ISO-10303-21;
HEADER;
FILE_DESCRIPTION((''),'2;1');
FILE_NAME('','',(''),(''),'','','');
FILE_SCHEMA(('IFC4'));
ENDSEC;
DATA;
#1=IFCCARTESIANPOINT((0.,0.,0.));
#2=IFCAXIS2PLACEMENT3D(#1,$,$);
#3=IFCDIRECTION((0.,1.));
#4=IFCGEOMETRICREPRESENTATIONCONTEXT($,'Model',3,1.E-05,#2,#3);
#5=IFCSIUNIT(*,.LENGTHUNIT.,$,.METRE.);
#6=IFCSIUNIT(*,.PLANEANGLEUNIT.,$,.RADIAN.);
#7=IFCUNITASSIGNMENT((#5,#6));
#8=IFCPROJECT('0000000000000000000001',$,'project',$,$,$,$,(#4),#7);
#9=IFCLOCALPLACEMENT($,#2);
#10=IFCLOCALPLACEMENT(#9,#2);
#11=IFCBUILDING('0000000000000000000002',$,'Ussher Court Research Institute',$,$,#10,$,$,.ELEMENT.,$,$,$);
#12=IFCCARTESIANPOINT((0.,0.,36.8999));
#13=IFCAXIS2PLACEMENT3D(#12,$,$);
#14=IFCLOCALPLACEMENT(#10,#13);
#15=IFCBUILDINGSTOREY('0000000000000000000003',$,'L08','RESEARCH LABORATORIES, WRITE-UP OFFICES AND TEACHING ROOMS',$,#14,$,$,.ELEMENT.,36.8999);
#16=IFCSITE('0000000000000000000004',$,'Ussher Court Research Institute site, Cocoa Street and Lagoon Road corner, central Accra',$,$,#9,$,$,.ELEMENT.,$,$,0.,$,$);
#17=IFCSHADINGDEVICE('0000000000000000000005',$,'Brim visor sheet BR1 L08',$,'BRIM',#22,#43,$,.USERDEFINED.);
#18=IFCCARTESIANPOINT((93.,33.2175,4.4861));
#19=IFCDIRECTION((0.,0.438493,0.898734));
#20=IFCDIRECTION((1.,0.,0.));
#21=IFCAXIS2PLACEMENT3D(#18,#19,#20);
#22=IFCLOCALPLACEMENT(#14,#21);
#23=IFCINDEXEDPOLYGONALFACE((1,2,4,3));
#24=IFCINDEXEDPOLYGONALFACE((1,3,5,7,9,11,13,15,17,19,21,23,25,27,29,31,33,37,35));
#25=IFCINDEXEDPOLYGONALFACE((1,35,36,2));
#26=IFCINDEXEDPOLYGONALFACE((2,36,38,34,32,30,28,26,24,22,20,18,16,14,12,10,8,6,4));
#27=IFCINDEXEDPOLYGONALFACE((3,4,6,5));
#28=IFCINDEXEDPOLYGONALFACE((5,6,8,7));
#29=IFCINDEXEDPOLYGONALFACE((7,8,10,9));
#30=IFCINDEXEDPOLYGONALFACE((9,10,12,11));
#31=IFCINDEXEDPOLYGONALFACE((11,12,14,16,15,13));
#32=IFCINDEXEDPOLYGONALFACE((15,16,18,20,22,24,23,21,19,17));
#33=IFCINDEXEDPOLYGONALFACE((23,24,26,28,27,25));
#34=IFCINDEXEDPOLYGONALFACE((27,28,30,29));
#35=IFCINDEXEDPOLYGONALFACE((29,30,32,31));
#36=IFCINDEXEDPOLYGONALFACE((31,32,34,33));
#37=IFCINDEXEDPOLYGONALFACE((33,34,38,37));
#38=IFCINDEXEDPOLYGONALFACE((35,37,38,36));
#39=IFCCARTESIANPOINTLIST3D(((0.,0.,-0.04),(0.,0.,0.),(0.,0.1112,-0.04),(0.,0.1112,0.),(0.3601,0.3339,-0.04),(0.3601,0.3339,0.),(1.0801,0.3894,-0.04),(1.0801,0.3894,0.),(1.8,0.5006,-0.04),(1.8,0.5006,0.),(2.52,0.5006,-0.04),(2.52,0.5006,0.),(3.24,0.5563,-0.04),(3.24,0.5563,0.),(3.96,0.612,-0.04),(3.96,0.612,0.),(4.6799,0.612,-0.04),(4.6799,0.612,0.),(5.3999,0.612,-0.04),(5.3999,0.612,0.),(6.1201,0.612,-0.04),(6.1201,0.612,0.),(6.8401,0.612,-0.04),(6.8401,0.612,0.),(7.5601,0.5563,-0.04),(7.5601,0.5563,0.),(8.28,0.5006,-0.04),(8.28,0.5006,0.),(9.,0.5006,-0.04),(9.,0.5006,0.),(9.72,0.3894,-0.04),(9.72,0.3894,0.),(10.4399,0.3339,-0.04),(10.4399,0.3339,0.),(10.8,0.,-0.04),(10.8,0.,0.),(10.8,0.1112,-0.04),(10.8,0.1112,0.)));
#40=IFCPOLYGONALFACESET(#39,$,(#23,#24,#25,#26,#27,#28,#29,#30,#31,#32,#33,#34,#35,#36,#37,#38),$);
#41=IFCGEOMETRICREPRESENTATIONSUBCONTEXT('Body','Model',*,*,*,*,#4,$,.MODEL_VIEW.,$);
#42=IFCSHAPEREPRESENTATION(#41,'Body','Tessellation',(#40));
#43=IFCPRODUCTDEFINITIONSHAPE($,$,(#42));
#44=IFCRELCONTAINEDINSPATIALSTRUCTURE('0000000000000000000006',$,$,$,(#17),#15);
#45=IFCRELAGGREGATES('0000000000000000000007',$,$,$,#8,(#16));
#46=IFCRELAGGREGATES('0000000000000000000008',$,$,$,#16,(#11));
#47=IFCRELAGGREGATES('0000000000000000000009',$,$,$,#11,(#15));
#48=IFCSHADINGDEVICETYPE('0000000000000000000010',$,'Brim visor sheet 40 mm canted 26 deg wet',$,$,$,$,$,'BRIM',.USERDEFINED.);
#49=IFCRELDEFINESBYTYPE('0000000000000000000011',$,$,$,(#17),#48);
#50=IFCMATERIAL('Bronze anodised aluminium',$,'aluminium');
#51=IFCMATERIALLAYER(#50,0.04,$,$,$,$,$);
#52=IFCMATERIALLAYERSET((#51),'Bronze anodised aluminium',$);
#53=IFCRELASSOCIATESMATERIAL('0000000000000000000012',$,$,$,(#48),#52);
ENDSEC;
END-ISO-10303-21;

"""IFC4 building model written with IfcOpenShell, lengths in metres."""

from ifc_helpers import new_model, si_unit, direction, frame, origin, place, context, subcontext, project, spatial, polyline, outline, extrude, material, layer, layer_set, type_object, element, save


model = new_model("IFC4")

# Units and contexts
model_context = context("Model", 3, precision=1e-05, world=origin(), true_north=direction((0.0, 1.0)))
body_context = subcontext(model_context, "Body", "Model", "MODEL_VIEW")
ifc_project = project(units=[si_unit("LENGTHUNIT", "METRE"), si_unit("PLANEANGLEUNIT", "RADIAN")], contexts=[model_context])

# Site, building, storey
site_placement = place(None, origin())
site = spatial("IfcSite", under=ifc_project, at=site_placement, Name="Ussher Court Research Institute site, Cocoa Street and Lagoon Road corner, central Accra", CompositionType="ELEMENT", RefElevation=0.0)
building_placement = place(site_placement, origin())
building = spatial("IfcBuilding", under=site, at=building_placement, Name="Ussher Court Research Institute", CompositionType="ELEMENT")
storey_placement = place(building_placement, frame((0.0, 0.0, 36.8999)))
storey = spatial("IfcBuildingStorey", under=building, at=storey_placement, Name="L08", Description="RESEARCH LABORATORIES, WRITE-UP OFFICES AND TEACHING ROOMS", CompositionType="ELEMENT", Elevation=36.8999)

# Shading device
ifc_material_1 = material(Name="Bronze anodised aluminium", Category="aluminium")
ifc_layer_1 = layer(ifc_material_1, 0.04)
ifc_layer_set_1 = layer_set([ifc_layer_1], Name="Bronze anodised aluminium")
shading_device_type_1 = type_object("IfcShadingDeviceType", Name="Brim visor sheet 40 mm canted 26 deg wet", ElementType="BRIM", PredefinedType="USERDEFINED", material=ifc_layer_set_1)
shading_device_1_placement = place(storey_placement, frame((93.0, 33.2175, 4.4861), z_axis=(0.0, 0.438493, 0.898734), x_axis=(1.0, 0.0, 0.0)))
element("IfcShadingDevice", 1, at=shading_device_1_placement, inside=storey, type_object=shading_device_type_1, Name="Brim visor sheet BR1 L08", ObjectType="BRIM", PredefinedType="USERDEFINED", context=body_context, shape_type="SweptSolid", body=[
    extrude(outline(polyline([(0.0, 0.0), (10.8, 0.0), (10.8, 0.1112), (10.4399, 0.3339), (9.72, 0.3894), (9.0, 0.5006), (8.28, 0.5006), (7.5601, 0.5563), (6.8401, 0.612), (6.1201, 0.612), (5.3999, 0.612), (4.6799, 0.612), (3.96, 0.612), (3.24, 0.5563), (2.52, 0.5006), (1.8, 0.5006), (1.0801, 0.3894), (0.3601, 0.3339), (0.0, 0.1112), (0.0, 0.0)])), origin(), (0.0, 0.0, -1.0), 0.04),
])

save(model, "model.ifc")
